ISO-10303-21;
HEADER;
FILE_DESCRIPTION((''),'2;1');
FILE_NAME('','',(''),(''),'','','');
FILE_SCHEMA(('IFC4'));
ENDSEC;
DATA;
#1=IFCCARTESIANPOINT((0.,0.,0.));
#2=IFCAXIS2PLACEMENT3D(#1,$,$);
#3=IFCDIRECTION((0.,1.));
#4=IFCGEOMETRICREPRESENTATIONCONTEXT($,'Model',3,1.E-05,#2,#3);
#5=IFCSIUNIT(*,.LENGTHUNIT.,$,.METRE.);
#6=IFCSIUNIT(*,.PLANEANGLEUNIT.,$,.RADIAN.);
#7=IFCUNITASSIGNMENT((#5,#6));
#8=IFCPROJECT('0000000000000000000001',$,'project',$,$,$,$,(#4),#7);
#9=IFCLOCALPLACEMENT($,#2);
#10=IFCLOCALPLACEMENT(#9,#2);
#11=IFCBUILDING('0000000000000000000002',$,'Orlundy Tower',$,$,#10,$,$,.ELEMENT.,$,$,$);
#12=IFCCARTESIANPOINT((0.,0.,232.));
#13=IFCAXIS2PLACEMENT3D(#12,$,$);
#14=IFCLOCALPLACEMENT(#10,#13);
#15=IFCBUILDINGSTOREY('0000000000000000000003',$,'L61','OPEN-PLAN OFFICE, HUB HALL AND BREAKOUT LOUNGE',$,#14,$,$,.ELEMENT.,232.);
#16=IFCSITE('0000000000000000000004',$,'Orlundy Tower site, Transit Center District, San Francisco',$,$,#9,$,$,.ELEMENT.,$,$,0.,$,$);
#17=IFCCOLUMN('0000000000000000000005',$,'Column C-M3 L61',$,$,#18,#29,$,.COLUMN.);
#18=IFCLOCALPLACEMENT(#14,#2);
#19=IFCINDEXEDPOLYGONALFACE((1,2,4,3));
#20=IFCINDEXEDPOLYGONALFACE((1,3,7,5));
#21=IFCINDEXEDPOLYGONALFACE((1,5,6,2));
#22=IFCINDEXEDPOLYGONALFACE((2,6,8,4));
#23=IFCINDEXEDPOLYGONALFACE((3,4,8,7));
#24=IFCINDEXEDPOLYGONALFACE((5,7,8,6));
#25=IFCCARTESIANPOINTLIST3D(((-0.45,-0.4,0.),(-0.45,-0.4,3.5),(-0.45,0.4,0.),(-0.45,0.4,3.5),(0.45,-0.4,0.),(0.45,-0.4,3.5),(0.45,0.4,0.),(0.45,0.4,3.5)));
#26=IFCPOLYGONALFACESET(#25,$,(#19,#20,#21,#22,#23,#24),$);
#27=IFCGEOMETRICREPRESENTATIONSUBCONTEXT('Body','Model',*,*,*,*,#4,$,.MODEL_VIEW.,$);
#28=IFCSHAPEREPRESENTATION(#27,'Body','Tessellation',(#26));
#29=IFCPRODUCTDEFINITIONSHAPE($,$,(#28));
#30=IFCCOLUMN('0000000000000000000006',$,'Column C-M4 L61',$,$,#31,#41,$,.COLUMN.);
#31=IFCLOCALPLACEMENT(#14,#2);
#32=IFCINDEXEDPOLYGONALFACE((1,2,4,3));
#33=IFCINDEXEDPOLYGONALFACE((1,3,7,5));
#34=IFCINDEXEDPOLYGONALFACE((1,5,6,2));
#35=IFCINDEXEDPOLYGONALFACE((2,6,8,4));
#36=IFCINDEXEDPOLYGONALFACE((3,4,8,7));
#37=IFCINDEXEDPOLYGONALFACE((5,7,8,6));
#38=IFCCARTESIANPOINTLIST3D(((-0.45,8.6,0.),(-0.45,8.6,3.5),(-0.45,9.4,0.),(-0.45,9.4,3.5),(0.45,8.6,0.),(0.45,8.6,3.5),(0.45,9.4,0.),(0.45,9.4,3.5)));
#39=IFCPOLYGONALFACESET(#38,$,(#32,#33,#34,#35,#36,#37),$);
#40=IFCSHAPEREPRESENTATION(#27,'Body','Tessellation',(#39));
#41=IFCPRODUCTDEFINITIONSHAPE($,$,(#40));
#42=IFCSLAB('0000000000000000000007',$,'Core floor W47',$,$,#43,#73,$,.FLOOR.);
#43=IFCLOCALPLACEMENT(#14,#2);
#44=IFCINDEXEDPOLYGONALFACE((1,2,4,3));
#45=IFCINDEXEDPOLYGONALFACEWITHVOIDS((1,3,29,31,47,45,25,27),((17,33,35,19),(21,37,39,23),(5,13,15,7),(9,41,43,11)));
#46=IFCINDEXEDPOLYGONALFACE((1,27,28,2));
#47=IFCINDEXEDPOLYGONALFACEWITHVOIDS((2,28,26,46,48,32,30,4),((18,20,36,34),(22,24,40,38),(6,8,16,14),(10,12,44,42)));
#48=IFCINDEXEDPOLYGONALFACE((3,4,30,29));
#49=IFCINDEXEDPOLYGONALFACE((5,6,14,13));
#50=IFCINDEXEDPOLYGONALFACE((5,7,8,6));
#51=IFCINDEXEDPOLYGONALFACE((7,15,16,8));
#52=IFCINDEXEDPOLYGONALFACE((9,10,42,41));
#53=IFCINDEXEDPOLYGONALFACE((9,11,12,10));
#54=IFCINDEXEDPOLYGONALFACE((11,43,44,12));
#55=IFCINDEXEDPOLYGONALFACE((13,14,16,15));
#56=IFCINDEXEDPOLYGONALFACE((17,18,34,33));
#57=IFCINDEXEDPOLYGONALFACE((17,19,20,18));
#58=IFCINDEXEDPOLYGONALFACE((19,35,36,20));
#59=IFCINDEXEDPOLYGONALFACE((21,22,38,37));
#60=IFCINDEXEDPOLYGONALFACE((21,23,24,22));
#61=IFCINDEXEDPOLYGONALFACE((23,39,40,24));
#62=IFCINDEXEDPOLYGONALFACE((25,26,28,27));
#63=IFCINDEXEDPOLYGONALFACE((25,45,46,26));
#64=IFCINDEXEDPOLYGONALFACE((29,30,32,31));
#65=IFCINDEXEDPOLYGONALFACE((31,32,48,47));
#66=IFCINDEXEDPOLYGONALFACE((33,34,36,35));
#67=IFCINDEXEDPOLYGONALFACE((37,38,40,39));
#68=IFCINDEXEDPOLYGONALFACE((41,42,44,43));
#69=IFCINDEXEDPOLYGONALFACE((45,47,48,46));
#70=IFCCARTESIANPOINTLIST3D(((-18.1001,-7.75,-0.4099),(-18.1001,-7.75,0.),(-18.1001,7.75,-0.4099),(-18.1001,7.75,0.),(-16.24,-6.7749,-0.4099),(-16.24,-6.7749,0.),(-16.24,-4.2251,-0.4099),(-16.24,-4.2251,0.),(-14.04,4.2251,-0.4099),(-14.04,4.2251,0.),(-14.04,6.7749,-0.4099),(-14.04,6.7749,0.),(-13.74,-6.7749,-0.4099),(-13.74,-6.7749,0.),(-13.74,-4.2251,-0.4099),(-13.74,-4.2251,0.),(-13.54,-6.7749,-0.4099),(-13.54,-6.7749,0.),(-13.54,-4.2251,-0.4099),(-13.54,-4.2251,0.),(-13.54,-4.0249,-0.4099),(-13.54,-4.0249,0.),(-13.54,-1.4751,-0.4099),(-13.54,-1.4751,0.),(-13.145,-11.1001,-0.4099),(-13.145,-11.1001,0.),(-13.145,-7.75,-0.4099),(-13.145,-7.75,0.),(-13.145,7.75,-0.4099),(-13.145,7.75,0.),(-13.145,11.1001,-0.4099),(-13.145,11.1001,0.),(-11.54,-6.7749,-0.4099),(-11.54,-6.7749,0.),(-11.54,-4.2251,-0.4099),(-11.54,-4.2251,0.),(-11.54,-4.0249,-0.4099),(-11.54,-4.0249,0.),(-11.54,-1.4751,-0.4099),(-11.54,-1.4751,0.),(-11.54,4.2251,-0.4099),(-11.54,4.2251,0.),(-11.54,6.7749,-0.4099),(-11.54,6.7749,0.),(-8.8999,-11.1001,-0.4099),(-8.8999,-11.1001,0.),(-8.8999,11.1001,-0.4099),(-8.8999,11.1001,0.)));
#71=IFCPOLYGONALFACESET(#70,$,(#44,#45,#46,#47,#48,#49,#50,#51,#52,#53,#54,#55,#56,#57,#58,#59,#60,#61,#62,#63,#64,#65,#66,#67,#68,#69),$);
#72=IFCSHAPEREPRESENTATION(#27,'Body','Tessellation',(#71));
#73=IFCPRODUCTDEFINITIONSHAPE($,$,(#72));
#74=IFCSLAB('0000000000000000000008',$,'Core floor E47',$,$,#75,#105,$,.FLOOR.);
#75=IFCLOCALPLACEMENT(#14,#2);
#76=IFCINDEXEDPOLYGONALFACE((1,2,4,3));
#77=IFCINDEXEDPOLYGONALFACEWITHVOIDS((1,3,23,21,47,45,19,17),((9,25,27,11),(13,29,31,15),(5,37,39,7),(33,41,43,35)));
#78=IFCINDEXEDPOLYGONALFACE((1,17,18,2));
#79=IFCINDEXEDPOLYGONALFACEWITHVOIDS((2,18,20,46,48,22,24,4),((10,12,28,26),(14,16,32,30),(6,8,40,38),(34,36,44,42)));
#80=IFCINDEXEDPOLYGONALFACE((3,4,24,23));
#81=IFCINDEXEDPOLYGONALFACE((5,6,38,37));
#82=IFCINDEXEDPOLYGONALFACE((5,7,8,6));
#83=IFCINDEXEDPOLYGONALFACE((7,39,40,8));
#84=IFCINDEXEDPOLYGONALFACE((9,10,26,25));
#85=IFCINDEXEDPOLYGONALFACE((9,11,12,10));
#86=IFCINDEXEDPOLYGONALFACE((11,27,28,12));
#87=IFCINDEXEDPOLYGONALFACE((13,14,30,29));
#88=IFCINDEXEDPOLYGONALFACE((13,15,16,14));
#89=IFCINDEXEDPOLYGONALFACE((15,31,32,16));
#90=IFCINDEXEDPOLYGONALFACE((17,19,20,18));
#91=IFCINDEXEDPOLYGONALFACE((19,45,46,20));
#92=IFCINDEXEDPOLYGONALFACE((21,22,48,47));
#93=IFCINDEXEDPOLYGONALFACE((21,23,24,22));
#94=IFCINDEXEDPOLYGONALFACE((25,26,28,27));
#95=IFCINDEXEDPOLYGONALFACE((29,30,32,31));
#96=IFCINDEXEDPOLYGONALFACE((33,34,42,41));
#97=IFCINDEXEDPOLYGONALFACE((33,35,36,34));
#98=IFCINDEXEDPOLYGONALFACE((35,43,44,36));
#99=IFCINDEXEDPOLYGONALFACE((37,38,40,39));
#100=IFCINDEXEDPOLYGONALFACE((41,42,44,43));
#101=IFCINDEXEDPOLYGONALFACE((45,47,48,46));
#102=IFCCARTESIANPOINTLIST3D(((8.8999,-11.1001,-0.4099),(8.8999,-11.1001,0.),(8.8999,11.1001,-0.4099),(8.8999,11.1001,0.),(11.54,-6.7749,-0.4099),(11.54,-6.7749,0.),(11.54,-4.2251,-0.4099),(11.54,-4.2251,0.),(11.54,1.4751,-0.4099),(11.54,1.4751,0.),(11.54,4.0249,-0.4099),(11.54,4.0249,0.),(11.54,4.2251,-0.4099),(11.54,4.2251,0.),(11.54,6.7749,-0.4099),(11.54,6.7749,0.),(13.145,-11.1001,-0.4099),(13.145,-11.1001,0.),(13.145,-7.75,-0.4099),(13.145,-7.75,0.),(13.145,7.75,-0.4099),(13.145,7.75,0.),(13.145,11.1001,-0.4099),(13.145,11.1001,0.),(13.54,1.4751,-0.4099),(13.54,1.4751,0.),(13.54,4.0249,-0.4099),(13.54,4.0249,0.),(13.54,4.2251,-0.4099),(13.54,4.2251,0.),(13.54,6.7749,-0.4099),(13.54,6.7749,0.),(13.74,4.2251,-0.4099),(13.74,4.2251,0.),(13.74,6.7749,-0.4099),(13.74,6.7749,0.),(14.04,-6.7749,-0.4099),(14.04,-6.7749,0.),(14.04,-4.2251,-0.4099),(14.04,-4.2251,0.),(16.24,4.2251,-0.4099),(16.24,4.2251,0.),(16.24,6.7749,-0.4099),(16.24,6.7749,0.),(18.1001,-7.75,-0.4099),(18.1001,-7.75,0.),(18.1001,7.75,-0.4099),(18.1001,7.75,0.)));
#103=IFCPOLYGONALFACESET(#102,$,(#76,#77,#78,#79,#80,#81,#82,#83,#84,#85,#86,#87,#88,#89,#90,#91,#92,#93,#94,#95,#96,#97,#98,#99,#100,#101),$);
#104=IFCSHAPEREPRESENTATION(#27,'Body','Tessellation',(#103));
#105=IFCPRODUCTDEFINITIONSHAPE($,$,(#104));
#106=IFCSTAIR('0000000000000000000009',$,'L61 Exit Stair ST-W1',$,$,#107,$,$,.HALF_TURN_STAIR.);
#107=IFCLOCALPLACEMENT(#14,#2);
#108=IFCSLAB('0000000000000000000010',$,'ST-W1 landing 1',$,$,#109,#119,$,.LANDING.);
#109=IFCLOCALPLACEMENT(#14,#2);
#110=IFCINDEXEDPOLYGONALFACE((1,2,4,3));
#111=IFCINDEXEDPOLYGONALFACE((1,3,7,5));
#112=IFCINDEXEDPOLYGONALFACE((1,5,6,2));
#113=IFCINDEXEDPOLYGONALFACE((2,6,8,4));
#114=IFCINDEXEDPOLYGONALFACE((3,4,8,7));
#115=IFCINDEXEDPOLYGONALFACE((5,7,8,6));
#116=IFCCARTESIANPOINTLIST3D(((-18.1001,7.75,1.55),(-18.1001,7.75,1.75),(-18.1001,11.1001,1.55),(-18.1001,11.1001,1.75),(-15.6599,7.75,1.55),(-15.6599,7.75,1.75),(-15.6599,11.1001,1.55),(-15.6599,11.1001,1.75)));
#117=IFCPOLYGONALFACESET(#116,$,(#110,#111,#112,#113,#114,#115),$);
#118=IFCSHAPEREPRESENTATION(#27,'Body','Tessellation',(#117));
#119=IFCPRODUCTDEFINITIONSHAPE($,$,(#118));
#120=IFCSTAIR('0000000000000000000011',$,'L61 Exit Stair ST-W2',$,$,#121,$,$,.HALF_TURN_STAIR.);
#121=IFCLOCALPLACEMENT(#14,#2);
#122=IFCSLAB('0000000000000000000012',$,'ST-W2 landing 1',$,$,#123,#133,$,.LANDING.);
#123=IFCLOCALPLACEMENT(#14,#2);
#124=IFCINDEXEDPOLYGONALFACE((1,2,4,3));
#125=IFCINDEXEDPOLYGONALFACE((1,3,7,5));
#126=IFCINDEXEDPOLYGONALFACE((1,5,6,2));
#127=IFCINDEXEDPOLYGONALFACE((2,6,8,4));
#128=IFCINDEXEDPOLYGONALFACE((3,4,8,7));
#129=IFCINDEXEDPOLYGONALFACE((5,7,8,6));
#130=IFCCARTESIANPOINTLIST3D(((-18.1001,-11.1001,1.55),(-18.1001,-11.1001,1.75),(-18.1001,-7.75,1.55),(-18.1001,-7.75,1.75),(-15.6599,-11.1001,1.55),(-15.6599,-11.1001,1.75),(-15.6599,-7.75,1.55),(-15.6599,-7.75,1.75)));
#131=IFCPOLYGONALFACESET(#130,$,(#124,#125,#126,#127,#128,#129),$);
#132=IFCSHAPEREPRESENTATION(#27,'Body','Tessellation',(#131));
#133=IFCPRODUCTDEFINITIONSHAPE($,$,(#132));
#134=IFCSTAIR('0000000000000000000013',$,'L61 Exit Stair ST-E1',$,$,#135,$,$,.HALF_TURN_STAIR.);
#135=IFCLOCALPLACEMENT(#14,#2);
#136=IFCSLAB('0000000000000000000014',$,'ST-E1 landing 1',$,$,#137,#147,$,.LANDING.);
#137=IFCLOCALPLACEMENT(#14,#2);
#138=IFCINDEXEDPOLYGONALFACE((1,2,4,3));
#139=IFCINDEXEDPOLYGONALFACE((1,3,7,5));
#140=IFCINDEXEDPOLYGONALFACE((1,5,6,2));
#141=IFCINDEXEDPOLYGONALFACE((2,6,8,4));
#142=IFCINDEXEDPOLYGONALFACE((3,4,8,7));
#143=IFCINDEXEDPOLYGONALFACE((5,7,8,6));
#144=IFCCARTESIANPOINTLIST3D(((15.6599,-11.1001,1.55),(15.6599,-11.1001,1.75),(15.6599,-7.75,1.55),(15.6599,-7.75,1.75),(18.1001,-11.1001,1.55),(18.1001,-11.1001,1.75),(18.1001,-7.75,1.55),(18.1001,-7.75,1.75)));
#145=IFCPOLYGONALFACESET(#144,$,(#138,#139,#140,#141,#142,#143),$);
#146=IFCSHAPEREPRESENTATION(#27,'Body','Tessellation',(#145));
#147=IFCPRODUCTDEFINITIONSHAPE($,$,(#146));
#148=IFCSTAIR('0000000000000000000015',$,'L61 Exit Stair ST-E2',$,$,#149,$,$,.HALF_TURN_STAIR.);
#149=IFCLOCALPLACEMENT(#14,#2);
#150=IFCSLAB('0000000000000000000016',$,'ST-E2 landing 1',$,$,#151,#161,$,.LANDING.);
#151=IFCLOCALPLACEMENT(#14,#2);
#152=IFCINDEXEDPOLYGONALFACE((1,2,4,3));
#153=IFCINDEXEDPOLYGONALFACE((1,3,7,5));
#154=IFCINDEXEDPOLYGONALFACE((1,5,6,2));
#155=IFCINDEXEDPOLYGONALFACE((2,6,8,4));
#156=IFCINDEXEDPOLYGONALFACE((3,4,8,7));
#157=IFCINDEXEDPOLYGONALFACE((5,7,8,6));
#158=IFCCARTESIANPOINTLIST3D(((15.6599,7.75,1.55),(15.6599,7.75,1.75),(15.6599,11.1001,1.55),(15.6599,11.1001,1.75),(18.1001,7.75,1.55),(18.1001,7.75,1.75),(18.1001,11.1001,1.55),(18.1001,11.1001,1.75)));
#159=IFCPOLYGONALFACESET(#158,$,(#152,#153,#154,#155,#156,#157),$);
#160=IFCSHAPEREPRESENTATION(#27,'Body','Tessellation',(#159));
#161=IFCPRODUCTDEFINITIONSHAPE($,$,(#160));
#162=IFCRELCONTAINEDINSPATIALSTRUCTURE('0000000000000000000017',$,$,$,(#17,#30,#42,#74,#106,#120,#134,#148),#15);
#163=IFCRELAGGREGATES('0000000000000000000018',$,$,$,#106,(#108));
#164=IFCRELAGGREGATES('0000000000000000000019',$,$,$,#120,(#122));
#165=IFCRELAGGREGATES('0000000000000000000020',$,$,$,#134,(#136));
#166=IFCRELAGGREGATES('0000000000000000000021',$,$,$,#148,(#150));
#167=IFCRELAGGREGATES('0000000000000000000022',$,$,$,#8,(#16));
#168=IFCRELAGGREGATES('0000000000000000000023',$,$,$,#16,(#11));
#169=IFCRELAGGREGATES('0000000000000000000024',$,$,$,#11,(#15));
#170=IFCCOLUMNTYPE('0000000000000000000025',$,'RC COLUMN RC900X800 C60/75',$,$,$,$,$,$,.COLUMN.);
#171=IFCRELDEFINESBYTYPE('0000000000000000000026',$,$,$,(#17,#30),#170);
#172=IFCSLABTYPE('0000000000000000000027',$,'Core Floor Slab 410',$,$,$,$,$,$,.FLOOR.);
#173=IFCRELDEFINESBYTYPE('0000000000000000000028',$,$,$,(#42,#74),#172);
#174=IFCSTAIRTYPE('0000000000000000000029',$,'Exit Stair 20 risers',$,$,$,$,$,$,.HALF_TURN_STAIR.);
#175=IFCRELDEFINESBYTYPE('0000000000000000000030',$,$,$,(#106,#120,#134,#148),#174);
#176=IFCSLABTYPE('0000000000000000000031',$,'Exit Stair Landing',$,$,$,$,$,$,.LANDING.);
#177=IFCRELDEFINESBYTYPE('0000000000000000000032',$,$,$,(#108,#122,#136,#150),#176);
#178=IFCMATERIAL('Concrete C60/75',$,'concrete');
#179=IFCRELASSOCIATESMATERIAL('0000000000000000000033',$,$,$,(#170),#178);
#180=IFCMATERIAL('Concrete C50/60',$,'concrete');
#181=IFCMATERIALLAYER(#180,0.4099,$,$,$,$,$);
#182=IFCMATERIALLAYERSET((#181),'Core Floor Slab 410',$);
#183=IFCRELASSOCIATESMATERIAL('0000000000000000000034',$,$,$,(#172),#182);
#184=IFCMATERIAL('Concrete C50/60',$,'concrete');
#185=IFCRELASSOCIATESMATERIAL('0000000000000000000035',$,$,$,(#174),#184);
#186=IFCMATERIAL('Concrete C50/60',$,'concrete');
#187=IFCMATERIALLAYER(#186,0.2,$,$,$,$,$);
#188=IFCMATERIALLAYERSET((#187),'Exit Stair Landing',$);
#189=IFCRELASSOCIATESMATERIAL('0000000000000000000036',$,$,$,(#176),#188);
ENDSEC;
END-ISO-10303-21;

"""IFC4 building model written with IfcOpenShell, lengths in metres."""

from ifc_helpers import new_model, si_unit, direction, frame, origin, origin_2d, place, context, subcontext, project, spatial, polyline, rectangle, outline, extrude, material, layer, layer_set, material_profile, profile_set, type_object, element, aggregate, save


model = new_model("IFC4")

# Units and contexts
model_context = context("Model", 3, precision=1e-05, world=origin(), true_north=direction((0.0, 1.0)))
body_context = subcontext(model_context, "Body", "Model", "MODEL_VIEW")
ifc_project = project(units=[si_unit("LENGTHUNIT", "METRE"), si_unit("PLANEANGLEUNIT", "RADIAN")], contexts=[model_context])

# Site, building, storey
site_placement = place(None, origin())
site = spatial("IfcSite", under=ifc_project, at=site_placement, Name="Orlundy Tower site, Transit Center District, San Francisco", CompositionType="ELEMENT", RefElevation=0.0)
building_placement = place(site_placement, origin())
building = spatial("IfcBuilding", under=site, at=building_placement, Name="Orlundy Tower", CompositionType="ELEMENT")
storey_placement = place(building_placement, frame((0.0, 0.0, 232.0)))
storey = spatial("IfcBuildingStorey", under=building, at=storey_placement, Name="L61", Description="OPEN-PLAN OFFICE, HUB HALL AND BREAKOUT LOUNGE", CompositionType="ELEMENT", Elevation=232.0)

# Columns
ifc_material_1 = material(Name="Concrete C60/75", Category="concrete")
ifc_material_profile = material_profile(ifc_material_1, rectangle(XDim=0.8999, YDim=0.8, at=origin_2d()), Name="RC900X800")
ifc_profile_set = profile_set([ifc_material_profile], Name="Concrete C60/75")
column_type = type_object("IfcColumnType", Name="RC COLUMN RC900X800 C60/75", PredefinedType="COLUMN", material=ifc_profile_set)
for number, where, z_axis, x_axis, name in (
    (1, (0.0, 0.0, 0.0), (0.0, 0.0, 1.0), (1.0, 0.0, 0.0), "Column C-M3 L61"),
    (2, (0.0, 9.0, 0.0), (0.0, 0.0, 1.0), (1.0, 0.0, 0.0), "Column C-M4 L61"),
):
    element("IfcColumn", number, at=place(storey_placement, frame(where, z_axis=z_axis, x_axis=x_axis)), inside=storey, type_object=column_type, Name=name, PredefinedType="COLUMN", context=body_context, shape_type="SweptSolid", body=[
        extrude(rectangle(XDim=0.8999, YDim=0.8, at=origin_2d()), origin(), (0.0, 0.0, 1.0), 3.5),
    ])

# Slabs
ifc_material_2 = material(Name="Concrete C50/60", Category="concrete")
ifc_layer_1 = layer(ifc_material_2, 0.4099)
ifc_layer_set_1 = layer_set([ifc_layer_1], Name="Core Floor Slab 410")
slab_type_1 = type_object("IfcSlabType", Name="Core Floor Slab 410", PredefinedType="FLOOR", material=ifc_layer_set_1)
slab_1_placement = place(storey_placement, frame((0.0, 0.0, -0.4099)))
element("IfcSlab", 3, at=slab_1_placement, inside=storey, type_object=slab_type_1, Name="Core floor W47", PredefinedType="FLOOR", context=body_context, shape_type="SweptSolid", body=[
    extrude(outline(polyline([(-18.1001, 7.75), (-13.145, 7.75), (-13.145, 11.1001), (-8.8999, 11.1001), (-8.8999, -11.1001), (-13.145, -11.1001), (-13.145, -7.75), (-18.1001, -7.75), (-18.1001, 7.75)]), holes=[polyline([(-13.54, -4.2251), (-13.54, -6.7749), (-11.54, -6.7749), (-11.54, -4.2251), (-13.54, -4.2251)]), polyline([(-13.74, -4.2251), (-16.24, -4.2251), (-16.24, -6.7749), (-13.74, -6.7749), (-13.74, -4.2251)]), polyline([(-11.54, -4.0249), (-11.54, -1.4751), (-13.54, -1.4751), (-13.54, -4.0249), (-11.54, -4.0249)]), polyline([(-14.04, 4.2251), (-11.54, 4.2251), (-11.54, 6.7749), (-14.04, 6.7749), (-14.04, 4.2251)])]), origin(), (0.0, 0.0, 1.0), 0.4099),
])
slab_2_placement = place(storey_placement, frame((0.0, 0.0, -0.4099)))
element("IfcSlab", 4, at=slab_2_placement, inside=storey, type_object=slab_type_1, Name="Core floor E47", PredefinedType="FLOOR", context=body_context, shape_type="SweptSolid", body=[
    extrude(outline(polyline([(18.1001, -7.75), (13.145, -7.75), (13.145, -11.1001), (8.8999, -11.1001), (8.8999, 11.1001), (13.145, 11.1001), (13.145, 7.75), (18.1001, 7.75), (18.1001, -7.75)]), holes=[polyline([(13.54, 4.2251), (13.54, 6.7749), (11.54, 6.7749), (11.54, 4.2251), (13.54, 4.2251)]), polyline([(13.74, 4.2251), (16.24, 4.2251), (16.24, 6.7749), (13.74, 6.7749), (13.74, 4.2251)]), polyline([(11.54, 4.0249), (11.54, 1.4751), (13.54, 1.4751), (13.54, 4.0249), (11.54, 4.0249)]), polyline([(14.04, -4.2251), (11.54, -4.2251), (11.54, -6.7749), (14.04, -6.7749), (14.04, -4.2251)])]), origin(), (0.0, 0.0, 1.0), 0.4099),
])

# Stairs, slabs
ifc_material_3 = material(Name="Concrete C50/60", Category="concrete")
stair_type = type_object("IfcStairType", Name="Exit Stair 20 risers", PredefinedType="HALF_TURN_STAIR", material=ifc_material_3)
stair_1_placement = place(storey_placement, origin())
stair_1 = element("IfcStair", 5, at=stair_1_placement, inside=storey, type_object=stair_type, Name="L61 Exit Stair ST-W1", PredefinedType="HALF_TURN_STAIR")
ifc_material_4 = material(Name="Concrete C50/60", Category="concrete")
ifc_layer_2 = layer(ifc_material_4, 0.2)
ifc_layer_set_2 = layer_set([ifc_layer_2], Name="Exit Stair Landing")
slab_type_2 = type_object("IfcSlabType", Name="Exit Stair Landing", PredefinedType="LANDING", material=ifc_layer_set_2)
slab_3_placement = place(storey_placement, frame((0.0, 0.0, 1.55)))
slab_3 = element("IfcSlab", 6, at=slab_3_placement, type_object=slab_type_2, Name="ST-W1 landing 1", PredefinedType="LANDING", context=body_context, shape_type="SweptSolid", body=[
    extrude(outline(polyline([(-15.6599, 11.1001), (-18.1001, 11.1001), (-18.1001, 7.75), (-15.6599, 7.75), (-15.6599, 11.1001)])), origin(), (0.0, 0.0, 1.0), 0.2),
])
aggregate(stair_1, [slab_3])
stair_2_placement = place(storey_placement, origin())
stair_2 = element("IfcStair", 7, at=stair_2_placement, inside=storey, type_object=stair_type, Name="L61 Exit Stair ST-W2", PredefinedType="HALF_TURN_STAIR")
slab_4_placement = place(storey_placement, frame((0.0, 0.0, 1.55)))
slab_4 = element("IfcSlab", 8, at=slab_4_placement, type_object=slab_type_2, Name="ST-W2 landing 1", PredefinedType="LANDING", context=body_context, shape_type="SweptSolid", body=[
    extrude(outline(polyline([(-15.6599, -7.75), (-18.1001, -7.75), (-18.1001, -11.1001), (-15.6599, -11.1001), (-15.6599, -7.75)])), origin(), (0.0, 0.0, 1.0), 0.2),
])
aggregate(stair_2, [slab_4])
stair_3_placement = place(storey_placement, origin())
stair_3 = element("IfcStair", 9, at=stair_3_placement, inside=storey, type_object=stair_type, Name="L61 Exit Stair ST-E1", PredefinedType="HALF_TURN_STAIR")
slab_5_placement = place(storey_placement, frame((0.0, 0.0, 1.55)))
slab_5 = element("IfcSlab", 10, at=slab_5_placement, type_object=slab_type_2, Name="ST-E1 landing 1", PredefinedType="LANDING", context=body_context, shape_type="SweptSolid", body=[
    extrude(outline(polyline([(15.6599, -11.1001), (18.1001, -11.1001), (18.1001, -7.75), (15.6599, -7.75), (15.6599, -11.1001)])), origin(), (0.0, 0.0, 1.0), 0.2),
])
aggregate(stair_3, [slab_5])
stair_4_placement = place(storey_placement, origin())
stair_4 = element("IfcStair", 11, at=stair_4_placement, inside=storey, type_object=stair_type, Name="L61 Exit Stair ST-E2", PredefinedType="HALF_TURN_STAIR")
slab_6_placement = place(storey_placement, frame((0.0, 0.0, 1.55)))
slab_6 = element("IfcSlab", 12, at=slab_6_placement, type_object=slab_type_2, Name="ST-E2 landing 1", PredefinedType="LANDING", context=body_context, shape_type="SweptSolid", body=[
    extrude(outline(polyline([(15.6599, 7.75), (18.1001, 7.75), (18.1001, 11.1001), (15.6599, 11.1001), (15.6599, 7.75)])), origin(), (0.0, 0.0, 1.0), 0.2),
])
aggregate(stair_4, [slab_6])

save(model, "model.ifc")
